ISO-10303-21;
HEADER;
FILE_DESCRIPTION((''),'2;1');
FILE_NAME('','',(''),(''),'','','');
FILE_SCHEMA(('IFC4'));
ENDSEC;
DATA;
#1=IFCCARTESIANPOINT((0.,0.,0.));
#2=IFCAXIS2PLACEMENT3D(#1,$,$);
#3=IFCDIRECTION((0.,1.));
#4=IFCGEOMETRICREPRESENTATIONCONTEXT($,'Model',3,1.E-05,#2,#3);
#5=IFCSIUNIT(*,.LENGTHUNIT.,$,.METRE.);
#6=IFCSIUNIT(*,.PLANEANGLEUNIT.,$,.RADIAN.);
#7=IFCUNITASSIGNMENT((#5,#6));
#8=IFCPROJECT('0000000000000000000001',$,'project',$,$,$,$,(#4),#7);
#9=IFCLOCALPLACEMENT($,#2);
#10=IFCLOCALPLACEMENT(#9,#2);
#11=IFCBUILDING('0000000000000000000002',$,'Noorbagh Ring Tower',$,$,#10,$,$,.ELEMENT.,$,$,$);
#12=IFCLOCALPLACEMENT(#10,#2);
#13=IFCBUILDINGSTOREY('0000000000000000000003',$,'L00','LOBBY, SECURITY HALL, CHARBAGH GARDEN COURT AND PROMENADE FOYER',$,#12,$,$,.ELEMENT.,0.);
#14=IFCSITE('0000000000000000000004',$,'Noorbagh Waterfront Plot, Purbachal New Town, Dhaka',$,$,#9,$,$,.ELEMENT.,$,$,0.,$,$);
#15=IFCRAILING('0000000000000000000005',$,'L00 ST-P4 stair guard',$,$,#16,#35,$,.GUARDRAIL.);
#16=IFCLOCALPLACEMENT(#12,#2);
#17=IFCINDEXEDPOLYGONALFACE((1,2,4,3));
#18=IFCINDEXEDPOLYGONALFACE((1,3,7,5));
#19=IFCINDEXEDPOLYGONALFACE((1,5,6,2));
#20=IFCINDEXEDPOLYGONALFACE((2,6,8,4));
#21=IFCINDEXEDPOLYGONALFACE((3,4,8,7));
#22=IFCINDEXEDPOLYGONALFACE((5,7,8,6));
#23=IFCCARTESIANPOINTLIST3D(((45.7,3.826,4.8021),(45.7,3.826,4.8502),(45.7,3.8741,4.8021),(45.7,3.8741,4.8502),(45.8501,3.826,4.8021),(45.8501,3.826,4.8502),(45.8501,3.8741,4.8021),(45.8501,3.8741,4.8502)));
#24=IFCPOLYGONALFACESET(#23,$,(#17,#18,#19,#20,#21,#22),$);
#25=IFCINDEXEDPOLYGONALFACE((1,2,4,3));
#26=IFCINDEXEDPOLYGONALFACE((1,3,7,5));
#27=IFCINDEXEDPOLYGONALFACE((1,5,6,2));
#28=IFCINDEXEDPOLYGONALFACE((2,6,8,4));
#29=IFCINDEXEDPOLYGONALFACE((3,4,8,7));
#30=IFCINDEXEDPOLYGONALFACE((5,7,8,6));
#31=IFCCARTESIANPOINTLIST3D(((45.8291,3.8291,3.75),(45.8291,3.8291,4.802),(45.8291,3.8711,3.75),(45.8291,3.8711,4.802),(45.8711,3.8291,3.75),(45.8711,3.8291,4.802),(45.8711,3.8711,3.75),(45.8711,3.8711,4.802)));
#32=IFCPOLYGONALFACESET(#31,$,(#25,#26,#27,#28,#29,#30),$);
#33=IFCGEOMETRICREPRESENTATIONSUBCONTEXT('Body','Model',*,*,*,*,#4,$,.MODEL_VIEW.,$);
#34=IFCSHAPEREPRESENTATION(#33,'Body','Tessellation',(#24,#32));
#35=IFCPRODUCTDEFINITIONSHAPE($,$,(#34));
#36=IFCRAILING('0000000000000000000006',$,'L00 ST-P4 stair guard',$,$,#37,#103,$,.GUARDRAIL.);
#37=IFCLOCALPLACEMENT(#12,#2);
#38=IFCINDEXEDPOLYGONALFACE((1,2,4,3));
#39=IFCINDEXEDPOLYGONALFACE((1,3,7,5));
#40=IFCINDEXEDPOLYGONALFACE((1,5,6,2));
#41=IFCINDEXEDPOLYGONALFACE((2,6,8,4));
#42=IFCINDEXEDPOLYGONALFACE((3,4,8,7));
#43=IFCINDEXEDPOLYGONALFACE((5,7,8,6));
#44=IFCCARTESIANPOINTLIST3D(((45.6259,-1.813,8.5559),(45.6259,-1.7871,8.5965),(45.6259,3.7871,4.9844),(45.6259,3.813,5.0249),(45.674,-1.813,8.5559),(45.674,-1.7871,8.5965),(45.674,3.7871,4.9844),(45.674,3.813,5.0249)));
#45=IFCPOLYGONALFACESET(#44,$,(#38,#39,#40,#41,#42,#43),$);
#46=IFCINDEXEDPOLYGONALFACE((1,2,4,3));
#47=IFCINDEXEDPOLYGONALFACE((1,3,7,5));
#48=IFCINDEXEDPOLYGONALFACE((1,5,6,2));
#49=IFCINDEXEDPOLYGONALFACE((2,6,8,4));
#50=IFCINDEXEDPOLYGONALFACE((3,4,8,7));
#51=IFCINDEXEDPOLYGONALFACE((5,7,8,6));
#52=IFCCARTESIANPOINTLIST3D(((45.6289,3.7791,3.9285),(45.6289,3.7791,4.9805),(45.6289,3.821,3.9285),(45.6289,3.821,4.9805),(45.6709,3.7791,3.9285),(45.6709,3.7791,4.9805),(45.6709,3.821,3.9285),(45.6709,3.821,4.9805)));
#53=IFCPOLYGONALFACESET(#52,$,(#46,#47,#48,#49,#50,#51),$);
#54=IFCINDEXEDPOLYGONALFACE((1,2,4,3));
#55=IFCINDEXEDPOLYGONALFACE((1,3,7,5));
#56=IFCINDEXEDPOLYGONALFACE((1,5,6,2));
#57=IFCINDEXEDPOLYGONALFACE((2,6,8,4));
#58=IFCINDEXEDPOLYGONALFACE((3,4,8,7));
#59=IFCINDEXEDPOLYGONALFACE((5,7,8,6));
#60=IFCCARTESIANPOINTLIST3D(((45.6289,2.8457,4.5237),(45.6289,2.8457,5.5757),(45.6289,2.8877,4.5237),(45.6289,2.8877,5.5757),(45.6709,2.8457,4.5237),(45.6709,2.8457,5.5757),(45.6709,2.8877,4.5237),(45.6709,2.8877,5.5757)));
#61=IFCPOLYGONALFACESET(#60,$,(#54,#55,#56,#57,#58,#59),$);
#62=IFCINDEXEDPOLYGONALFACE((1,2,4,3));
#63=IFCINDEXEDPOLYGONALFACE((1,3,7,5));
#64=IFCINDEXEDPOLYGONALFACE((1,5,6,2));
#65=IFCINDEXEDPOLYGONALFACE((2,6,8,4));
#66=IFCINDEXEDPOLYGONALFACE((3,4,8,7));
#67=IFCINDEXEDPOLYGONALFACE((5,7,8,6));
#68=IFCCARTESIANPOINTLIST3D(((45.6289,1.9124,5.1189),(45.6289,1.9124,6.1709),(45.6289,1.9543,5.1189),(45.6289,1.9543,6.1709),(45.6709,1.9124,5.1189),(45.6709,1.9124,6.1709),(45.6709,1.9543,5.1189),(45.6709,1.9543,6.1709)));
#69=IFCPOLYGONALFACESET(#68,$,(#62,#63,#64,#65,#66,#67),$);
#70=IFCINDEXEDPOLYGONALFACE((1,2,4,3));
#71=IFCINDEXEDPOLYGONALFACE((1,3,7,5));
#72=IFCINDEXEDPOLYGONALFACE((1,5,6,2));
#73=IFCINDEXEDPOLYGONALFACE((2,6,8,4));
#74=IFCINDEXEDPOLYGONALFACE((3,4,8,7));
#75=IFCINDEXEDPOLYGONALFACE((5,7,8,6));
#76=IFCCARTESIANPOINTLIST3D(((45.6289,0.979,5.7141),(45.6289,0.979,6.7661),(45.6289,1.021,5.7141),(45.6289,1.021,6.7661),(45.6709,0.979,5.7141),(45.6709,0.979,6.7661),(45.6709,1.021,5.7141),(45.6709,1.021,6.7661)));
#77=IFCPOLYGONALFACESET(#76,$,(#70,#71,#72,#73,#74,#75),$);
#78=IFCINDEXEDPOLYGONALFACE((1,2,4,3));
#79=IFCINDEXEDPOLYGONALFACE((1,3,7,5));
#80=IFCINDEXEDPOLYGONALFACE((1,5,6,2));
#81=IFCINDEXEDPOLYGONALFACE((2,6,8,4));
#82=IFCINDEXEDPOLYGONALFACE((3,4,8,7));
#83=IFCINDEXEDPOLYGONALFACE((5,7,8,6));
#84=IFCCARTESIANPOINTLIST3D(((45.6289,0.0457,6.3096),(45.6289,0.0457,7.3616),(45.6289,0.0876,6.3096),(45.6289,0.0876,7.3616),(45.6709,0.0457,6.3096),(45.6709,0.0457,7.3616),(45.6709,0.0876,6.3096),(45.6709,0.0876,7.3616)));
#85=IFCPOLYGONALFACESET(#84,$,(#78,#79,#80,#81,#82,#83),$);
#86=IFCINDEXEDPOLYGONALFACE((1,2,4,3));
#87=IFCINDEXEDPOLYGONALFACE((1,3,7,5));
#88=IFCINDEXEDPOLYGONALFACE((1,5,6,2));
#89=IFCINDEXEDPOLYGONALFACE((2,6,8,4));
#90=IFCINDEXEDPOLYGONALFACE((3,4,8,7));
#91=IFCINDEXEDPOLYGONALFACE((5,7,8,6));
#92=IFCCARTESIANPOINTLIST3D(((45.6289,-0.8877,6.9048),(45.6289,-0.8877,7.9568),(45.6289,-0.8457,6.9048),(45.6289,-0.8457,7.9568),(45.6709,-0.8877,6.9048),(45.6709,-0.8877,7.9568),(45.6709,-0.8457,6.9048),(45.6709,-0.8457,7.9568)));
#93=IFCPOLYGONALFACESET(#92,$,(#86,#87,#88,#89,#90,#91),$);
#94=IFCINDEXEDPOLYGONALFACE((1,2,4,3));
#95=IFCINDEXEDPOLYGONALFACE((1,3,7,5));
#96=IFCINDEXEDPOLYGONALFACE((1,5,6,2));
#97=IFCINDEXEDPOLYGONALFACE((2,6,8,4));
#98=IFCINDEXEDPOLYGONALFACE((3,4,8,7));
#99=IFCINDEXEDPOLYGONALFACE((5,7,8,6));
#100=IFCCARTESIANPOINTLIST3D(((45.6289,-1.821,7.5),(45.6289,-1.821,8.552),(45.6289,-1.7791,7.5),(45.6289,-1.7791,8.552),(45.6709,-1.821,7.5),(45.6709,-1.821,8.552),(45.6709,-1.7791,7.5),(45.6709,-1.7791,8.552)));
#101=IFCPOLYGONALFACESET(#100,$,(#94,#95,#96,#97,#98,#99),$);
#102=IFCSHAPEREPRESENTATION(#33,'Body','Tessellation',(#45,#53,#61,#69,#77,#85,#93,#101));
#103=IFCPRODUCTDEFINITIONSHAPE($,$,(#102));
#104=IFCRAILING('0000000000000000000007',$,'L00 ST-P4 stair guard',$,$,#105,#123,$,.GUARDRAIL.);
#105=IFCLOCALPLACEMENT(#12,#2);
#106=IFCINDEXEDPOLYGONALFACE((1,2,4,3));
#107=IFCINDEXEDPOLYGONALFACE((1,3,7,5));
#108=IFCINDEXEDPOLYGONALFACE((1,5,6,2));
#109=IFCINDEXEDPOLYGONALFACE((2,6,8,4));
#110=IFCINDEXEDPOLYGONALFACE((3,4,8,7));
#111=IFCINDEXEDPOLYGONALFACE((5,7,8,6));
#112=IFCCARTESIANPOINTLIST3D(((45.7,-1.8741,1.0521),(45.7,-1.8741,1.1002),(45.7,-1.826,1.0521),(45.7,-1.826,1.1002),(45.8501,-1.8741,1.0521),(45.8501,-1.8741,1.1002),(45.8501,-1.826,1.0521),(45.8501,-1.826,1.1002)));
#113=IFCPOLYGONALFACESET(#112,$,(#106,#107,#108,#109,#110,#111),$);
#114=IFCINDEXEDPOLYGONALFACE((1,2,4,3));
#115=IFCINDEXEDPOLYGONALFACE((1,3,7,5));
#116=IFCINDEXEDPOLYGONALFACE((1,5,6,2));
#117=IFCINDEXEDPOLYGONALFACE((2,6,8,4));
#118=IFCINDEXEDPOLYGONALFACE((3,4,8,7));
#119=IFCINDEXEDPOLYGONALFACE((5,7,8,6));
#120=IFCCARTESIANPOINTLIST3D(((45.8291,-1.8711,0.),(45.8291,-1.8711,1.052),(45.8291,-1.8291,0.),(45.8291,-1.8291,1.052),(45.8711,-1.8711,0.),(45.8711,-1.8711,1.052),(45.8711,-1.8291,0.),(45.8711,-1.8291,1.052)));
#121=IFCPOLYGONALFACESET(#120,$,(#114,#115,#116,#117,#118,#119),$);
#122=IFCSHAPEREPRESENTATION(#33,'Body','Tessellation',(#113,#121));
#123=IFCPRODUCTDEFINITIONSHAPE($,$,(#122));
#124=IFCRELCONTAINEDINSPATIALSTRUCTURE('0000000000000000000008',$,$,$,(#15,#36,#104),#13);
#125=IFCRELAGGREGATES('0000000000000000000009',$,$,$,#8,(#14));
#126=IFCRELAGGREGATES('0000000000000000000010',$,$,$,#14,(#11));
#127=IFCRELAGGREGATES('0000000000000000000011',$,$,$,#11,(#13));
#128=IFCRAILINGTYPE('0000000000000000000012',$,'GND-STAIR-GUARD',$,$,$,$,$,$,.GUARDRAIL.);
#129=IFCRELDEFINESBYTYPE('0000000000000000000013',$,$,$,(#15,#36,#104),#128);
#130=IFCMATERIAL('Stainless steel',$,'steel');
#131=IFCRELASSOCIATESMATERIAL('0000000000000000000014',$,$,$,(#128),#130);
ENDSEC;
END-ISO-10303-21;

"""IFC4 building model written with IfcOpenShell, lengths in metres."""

from ifc_helpers import new_model, si_unit, direction, frame, origin, origin_2d, place, context, subcontext, project, spatial, rectangle, extrude, material, type_object, element, save


model = new_model("IFC4")

# Units and contexts
model_context = context("Model", 3, precision=1e-05, world=origin(), true_north=direction((0.0, 1.0)))
body_context = subcontext(model_context, "Body", "Model", "MODEL_VIEW")
ifc_project = project(units=[si_unit("LENGTHUNIT", "METRE"), si_unit("PLANEANGLEUNIT", "RADIAN")], contexts=[model_context])

# Site, building, storey
site_placement = place(None, origin())
site = spatial("IfcSite", under=ifc_project, at=site_placement, Name="Noorbagh Waterfront Plot, Purbachal New Town, Dhaka", CompositionType="ELEMENT", RefElevation=0.0)
building_placement = place(site_placement, origin())
building = spatial("IfcBuilding", under=site, at=building_placement, Name="Noorbagh Ring Tower", CompositionType="ELEMENT")
storey_placement = place(building_placement, origin())
storey = spatial("IfcBuildingStorey", under=building, at=storey_placement, Name="L00", Description="LOBBY, SECURITY HALL, CHARBAGH GARDEN COURT AND PROMENADE FOYER", CompositionType="ELEMENT", Elevation=0.0)

# Railings
ifc_material_1 = material(Name="Stainless steel", Category="steel")
railing_type_1 = type_object("IfcRailingType", Name="GND-STAIR-GUARD", PredefinedType="GUARDRAIL", material=ifc_material_1)
railing_1_placement = place(storey_placement, frame((45.8501, 3.8501, 3.75)))
element("IfcRailing", 1, at=railing_1_placement, inside=storey, type_object=railing_type_1, Name="L00 ST-P4 stair guard", PredefinedType="GUARDRAIL", context=body_context, shape_type="SweptSolid", body=[
    extrude(rectangle(XDim=0.0481, YDim=0.0481, at=origin_2d()), frame((0.0, 0.0, 1.0762), z_axis=(-1.0, 0.0, 0.0), x_axis=(0.0, -1.0, 0.0)), (0.0, 0.0, 1.0), 0.1501),
    extrude(rectangle(XDim=0.042, YDim=0.042, at=origin_2d()), origin(), (0.0, 0.0, 1.0), 1.052),
])
railing_2_placement = place(storey_placement, frame((45.6499, 3.8, 3.9285)))
element("IfcRailing", 2, at=railing_2_placement, inside=storey, type_object=railing_type_1, Name="L00 ST-P4 stair guard", PredefinedType="GUARDRAIL", context=body_context, shape_type="SweptSolid", body=[
    extrude(rectangle(XDim=0.0481, YDim=0.0481, at=origin_2d()), frame((0.0, 0.0, 1.0762), z_axis=(0.0, -0.843127, 0.537715), x_axis=(1.0, 0.0, 0.0)), (0.0, 0.0, 1.0), 6.6421),
    extrude(rectangle(XDim=0.042, YDim=0.042, at=origin_2d()), origin(), (0.0, 0.0, 1.0), 1.052),
    extrude(rectangle(XDim=0.042, YDim=0.042, at=origin_2d()), frame((0.0, -0.9333, 0.5952)), (0.0, 0.0, 1.0), 1.052),
    extrude(rectangle(XDim=0.042, YDim=0.042, at=origin_2d()), frame((0.0, -1.8667, 1.1904)), (0.0, 0.0, 1.0), 1.052),
    extrude(rectangle(XDim=0.042, YDim=0.042, at=origin_2d()), frame((0.0, -2.8, 1.7856)), (0.0, 0.0, 1.0), 1.052),
    extrude(rectangle(XDim=0.042, YDim=0.042, at=origin_2d()), frame((0.0, -3.7334, 2.3811)), (0.0, 0.0, 1.0), 1.052),
    extrude(rectangle(XDim=0.042, YDim=0.042, at=origin_2d()), frame((0.0, -4.6667, 2.9763)), (0.0, 0.0, 1.0), 1.052),
    extrude(rectangle(XDim=0.042, YDim=0.042, at=origin_2d()), frame((0.0, -5.6001, 3.5715)), (0.0, 0.0, 1.0), 1.052),
])
railing_3_placement = place(storey_placement, frame((45.8501, -1.8501, 0.0)))
element("IfcRailing", 3, at=railing_3_placement, inside=storey, type_object=railing_type_1, Name="L00 ST-P4 stair guard", PredefinedType="GUARDRAIL", context=body_context, shape_type="SweptSolid", body=[
    extrude(rectangle(XDim=0.0481, YDim=0.0481, at=origin_2d()), frame((0.0, 0.0, 1.0762), z_axis=(-1.0, 0.0, 0.0), x_axis=(0.0, -1.0, 0.0)), (0.0, 0.0, 1.0), 0.1501),
    extrude(rectangle(XDim=0.042, YDim=0.042, at=origin_2d()), origin(), (0.0, 0.0, 1.0), 1.052),
])

save(model, "model.ifc")
